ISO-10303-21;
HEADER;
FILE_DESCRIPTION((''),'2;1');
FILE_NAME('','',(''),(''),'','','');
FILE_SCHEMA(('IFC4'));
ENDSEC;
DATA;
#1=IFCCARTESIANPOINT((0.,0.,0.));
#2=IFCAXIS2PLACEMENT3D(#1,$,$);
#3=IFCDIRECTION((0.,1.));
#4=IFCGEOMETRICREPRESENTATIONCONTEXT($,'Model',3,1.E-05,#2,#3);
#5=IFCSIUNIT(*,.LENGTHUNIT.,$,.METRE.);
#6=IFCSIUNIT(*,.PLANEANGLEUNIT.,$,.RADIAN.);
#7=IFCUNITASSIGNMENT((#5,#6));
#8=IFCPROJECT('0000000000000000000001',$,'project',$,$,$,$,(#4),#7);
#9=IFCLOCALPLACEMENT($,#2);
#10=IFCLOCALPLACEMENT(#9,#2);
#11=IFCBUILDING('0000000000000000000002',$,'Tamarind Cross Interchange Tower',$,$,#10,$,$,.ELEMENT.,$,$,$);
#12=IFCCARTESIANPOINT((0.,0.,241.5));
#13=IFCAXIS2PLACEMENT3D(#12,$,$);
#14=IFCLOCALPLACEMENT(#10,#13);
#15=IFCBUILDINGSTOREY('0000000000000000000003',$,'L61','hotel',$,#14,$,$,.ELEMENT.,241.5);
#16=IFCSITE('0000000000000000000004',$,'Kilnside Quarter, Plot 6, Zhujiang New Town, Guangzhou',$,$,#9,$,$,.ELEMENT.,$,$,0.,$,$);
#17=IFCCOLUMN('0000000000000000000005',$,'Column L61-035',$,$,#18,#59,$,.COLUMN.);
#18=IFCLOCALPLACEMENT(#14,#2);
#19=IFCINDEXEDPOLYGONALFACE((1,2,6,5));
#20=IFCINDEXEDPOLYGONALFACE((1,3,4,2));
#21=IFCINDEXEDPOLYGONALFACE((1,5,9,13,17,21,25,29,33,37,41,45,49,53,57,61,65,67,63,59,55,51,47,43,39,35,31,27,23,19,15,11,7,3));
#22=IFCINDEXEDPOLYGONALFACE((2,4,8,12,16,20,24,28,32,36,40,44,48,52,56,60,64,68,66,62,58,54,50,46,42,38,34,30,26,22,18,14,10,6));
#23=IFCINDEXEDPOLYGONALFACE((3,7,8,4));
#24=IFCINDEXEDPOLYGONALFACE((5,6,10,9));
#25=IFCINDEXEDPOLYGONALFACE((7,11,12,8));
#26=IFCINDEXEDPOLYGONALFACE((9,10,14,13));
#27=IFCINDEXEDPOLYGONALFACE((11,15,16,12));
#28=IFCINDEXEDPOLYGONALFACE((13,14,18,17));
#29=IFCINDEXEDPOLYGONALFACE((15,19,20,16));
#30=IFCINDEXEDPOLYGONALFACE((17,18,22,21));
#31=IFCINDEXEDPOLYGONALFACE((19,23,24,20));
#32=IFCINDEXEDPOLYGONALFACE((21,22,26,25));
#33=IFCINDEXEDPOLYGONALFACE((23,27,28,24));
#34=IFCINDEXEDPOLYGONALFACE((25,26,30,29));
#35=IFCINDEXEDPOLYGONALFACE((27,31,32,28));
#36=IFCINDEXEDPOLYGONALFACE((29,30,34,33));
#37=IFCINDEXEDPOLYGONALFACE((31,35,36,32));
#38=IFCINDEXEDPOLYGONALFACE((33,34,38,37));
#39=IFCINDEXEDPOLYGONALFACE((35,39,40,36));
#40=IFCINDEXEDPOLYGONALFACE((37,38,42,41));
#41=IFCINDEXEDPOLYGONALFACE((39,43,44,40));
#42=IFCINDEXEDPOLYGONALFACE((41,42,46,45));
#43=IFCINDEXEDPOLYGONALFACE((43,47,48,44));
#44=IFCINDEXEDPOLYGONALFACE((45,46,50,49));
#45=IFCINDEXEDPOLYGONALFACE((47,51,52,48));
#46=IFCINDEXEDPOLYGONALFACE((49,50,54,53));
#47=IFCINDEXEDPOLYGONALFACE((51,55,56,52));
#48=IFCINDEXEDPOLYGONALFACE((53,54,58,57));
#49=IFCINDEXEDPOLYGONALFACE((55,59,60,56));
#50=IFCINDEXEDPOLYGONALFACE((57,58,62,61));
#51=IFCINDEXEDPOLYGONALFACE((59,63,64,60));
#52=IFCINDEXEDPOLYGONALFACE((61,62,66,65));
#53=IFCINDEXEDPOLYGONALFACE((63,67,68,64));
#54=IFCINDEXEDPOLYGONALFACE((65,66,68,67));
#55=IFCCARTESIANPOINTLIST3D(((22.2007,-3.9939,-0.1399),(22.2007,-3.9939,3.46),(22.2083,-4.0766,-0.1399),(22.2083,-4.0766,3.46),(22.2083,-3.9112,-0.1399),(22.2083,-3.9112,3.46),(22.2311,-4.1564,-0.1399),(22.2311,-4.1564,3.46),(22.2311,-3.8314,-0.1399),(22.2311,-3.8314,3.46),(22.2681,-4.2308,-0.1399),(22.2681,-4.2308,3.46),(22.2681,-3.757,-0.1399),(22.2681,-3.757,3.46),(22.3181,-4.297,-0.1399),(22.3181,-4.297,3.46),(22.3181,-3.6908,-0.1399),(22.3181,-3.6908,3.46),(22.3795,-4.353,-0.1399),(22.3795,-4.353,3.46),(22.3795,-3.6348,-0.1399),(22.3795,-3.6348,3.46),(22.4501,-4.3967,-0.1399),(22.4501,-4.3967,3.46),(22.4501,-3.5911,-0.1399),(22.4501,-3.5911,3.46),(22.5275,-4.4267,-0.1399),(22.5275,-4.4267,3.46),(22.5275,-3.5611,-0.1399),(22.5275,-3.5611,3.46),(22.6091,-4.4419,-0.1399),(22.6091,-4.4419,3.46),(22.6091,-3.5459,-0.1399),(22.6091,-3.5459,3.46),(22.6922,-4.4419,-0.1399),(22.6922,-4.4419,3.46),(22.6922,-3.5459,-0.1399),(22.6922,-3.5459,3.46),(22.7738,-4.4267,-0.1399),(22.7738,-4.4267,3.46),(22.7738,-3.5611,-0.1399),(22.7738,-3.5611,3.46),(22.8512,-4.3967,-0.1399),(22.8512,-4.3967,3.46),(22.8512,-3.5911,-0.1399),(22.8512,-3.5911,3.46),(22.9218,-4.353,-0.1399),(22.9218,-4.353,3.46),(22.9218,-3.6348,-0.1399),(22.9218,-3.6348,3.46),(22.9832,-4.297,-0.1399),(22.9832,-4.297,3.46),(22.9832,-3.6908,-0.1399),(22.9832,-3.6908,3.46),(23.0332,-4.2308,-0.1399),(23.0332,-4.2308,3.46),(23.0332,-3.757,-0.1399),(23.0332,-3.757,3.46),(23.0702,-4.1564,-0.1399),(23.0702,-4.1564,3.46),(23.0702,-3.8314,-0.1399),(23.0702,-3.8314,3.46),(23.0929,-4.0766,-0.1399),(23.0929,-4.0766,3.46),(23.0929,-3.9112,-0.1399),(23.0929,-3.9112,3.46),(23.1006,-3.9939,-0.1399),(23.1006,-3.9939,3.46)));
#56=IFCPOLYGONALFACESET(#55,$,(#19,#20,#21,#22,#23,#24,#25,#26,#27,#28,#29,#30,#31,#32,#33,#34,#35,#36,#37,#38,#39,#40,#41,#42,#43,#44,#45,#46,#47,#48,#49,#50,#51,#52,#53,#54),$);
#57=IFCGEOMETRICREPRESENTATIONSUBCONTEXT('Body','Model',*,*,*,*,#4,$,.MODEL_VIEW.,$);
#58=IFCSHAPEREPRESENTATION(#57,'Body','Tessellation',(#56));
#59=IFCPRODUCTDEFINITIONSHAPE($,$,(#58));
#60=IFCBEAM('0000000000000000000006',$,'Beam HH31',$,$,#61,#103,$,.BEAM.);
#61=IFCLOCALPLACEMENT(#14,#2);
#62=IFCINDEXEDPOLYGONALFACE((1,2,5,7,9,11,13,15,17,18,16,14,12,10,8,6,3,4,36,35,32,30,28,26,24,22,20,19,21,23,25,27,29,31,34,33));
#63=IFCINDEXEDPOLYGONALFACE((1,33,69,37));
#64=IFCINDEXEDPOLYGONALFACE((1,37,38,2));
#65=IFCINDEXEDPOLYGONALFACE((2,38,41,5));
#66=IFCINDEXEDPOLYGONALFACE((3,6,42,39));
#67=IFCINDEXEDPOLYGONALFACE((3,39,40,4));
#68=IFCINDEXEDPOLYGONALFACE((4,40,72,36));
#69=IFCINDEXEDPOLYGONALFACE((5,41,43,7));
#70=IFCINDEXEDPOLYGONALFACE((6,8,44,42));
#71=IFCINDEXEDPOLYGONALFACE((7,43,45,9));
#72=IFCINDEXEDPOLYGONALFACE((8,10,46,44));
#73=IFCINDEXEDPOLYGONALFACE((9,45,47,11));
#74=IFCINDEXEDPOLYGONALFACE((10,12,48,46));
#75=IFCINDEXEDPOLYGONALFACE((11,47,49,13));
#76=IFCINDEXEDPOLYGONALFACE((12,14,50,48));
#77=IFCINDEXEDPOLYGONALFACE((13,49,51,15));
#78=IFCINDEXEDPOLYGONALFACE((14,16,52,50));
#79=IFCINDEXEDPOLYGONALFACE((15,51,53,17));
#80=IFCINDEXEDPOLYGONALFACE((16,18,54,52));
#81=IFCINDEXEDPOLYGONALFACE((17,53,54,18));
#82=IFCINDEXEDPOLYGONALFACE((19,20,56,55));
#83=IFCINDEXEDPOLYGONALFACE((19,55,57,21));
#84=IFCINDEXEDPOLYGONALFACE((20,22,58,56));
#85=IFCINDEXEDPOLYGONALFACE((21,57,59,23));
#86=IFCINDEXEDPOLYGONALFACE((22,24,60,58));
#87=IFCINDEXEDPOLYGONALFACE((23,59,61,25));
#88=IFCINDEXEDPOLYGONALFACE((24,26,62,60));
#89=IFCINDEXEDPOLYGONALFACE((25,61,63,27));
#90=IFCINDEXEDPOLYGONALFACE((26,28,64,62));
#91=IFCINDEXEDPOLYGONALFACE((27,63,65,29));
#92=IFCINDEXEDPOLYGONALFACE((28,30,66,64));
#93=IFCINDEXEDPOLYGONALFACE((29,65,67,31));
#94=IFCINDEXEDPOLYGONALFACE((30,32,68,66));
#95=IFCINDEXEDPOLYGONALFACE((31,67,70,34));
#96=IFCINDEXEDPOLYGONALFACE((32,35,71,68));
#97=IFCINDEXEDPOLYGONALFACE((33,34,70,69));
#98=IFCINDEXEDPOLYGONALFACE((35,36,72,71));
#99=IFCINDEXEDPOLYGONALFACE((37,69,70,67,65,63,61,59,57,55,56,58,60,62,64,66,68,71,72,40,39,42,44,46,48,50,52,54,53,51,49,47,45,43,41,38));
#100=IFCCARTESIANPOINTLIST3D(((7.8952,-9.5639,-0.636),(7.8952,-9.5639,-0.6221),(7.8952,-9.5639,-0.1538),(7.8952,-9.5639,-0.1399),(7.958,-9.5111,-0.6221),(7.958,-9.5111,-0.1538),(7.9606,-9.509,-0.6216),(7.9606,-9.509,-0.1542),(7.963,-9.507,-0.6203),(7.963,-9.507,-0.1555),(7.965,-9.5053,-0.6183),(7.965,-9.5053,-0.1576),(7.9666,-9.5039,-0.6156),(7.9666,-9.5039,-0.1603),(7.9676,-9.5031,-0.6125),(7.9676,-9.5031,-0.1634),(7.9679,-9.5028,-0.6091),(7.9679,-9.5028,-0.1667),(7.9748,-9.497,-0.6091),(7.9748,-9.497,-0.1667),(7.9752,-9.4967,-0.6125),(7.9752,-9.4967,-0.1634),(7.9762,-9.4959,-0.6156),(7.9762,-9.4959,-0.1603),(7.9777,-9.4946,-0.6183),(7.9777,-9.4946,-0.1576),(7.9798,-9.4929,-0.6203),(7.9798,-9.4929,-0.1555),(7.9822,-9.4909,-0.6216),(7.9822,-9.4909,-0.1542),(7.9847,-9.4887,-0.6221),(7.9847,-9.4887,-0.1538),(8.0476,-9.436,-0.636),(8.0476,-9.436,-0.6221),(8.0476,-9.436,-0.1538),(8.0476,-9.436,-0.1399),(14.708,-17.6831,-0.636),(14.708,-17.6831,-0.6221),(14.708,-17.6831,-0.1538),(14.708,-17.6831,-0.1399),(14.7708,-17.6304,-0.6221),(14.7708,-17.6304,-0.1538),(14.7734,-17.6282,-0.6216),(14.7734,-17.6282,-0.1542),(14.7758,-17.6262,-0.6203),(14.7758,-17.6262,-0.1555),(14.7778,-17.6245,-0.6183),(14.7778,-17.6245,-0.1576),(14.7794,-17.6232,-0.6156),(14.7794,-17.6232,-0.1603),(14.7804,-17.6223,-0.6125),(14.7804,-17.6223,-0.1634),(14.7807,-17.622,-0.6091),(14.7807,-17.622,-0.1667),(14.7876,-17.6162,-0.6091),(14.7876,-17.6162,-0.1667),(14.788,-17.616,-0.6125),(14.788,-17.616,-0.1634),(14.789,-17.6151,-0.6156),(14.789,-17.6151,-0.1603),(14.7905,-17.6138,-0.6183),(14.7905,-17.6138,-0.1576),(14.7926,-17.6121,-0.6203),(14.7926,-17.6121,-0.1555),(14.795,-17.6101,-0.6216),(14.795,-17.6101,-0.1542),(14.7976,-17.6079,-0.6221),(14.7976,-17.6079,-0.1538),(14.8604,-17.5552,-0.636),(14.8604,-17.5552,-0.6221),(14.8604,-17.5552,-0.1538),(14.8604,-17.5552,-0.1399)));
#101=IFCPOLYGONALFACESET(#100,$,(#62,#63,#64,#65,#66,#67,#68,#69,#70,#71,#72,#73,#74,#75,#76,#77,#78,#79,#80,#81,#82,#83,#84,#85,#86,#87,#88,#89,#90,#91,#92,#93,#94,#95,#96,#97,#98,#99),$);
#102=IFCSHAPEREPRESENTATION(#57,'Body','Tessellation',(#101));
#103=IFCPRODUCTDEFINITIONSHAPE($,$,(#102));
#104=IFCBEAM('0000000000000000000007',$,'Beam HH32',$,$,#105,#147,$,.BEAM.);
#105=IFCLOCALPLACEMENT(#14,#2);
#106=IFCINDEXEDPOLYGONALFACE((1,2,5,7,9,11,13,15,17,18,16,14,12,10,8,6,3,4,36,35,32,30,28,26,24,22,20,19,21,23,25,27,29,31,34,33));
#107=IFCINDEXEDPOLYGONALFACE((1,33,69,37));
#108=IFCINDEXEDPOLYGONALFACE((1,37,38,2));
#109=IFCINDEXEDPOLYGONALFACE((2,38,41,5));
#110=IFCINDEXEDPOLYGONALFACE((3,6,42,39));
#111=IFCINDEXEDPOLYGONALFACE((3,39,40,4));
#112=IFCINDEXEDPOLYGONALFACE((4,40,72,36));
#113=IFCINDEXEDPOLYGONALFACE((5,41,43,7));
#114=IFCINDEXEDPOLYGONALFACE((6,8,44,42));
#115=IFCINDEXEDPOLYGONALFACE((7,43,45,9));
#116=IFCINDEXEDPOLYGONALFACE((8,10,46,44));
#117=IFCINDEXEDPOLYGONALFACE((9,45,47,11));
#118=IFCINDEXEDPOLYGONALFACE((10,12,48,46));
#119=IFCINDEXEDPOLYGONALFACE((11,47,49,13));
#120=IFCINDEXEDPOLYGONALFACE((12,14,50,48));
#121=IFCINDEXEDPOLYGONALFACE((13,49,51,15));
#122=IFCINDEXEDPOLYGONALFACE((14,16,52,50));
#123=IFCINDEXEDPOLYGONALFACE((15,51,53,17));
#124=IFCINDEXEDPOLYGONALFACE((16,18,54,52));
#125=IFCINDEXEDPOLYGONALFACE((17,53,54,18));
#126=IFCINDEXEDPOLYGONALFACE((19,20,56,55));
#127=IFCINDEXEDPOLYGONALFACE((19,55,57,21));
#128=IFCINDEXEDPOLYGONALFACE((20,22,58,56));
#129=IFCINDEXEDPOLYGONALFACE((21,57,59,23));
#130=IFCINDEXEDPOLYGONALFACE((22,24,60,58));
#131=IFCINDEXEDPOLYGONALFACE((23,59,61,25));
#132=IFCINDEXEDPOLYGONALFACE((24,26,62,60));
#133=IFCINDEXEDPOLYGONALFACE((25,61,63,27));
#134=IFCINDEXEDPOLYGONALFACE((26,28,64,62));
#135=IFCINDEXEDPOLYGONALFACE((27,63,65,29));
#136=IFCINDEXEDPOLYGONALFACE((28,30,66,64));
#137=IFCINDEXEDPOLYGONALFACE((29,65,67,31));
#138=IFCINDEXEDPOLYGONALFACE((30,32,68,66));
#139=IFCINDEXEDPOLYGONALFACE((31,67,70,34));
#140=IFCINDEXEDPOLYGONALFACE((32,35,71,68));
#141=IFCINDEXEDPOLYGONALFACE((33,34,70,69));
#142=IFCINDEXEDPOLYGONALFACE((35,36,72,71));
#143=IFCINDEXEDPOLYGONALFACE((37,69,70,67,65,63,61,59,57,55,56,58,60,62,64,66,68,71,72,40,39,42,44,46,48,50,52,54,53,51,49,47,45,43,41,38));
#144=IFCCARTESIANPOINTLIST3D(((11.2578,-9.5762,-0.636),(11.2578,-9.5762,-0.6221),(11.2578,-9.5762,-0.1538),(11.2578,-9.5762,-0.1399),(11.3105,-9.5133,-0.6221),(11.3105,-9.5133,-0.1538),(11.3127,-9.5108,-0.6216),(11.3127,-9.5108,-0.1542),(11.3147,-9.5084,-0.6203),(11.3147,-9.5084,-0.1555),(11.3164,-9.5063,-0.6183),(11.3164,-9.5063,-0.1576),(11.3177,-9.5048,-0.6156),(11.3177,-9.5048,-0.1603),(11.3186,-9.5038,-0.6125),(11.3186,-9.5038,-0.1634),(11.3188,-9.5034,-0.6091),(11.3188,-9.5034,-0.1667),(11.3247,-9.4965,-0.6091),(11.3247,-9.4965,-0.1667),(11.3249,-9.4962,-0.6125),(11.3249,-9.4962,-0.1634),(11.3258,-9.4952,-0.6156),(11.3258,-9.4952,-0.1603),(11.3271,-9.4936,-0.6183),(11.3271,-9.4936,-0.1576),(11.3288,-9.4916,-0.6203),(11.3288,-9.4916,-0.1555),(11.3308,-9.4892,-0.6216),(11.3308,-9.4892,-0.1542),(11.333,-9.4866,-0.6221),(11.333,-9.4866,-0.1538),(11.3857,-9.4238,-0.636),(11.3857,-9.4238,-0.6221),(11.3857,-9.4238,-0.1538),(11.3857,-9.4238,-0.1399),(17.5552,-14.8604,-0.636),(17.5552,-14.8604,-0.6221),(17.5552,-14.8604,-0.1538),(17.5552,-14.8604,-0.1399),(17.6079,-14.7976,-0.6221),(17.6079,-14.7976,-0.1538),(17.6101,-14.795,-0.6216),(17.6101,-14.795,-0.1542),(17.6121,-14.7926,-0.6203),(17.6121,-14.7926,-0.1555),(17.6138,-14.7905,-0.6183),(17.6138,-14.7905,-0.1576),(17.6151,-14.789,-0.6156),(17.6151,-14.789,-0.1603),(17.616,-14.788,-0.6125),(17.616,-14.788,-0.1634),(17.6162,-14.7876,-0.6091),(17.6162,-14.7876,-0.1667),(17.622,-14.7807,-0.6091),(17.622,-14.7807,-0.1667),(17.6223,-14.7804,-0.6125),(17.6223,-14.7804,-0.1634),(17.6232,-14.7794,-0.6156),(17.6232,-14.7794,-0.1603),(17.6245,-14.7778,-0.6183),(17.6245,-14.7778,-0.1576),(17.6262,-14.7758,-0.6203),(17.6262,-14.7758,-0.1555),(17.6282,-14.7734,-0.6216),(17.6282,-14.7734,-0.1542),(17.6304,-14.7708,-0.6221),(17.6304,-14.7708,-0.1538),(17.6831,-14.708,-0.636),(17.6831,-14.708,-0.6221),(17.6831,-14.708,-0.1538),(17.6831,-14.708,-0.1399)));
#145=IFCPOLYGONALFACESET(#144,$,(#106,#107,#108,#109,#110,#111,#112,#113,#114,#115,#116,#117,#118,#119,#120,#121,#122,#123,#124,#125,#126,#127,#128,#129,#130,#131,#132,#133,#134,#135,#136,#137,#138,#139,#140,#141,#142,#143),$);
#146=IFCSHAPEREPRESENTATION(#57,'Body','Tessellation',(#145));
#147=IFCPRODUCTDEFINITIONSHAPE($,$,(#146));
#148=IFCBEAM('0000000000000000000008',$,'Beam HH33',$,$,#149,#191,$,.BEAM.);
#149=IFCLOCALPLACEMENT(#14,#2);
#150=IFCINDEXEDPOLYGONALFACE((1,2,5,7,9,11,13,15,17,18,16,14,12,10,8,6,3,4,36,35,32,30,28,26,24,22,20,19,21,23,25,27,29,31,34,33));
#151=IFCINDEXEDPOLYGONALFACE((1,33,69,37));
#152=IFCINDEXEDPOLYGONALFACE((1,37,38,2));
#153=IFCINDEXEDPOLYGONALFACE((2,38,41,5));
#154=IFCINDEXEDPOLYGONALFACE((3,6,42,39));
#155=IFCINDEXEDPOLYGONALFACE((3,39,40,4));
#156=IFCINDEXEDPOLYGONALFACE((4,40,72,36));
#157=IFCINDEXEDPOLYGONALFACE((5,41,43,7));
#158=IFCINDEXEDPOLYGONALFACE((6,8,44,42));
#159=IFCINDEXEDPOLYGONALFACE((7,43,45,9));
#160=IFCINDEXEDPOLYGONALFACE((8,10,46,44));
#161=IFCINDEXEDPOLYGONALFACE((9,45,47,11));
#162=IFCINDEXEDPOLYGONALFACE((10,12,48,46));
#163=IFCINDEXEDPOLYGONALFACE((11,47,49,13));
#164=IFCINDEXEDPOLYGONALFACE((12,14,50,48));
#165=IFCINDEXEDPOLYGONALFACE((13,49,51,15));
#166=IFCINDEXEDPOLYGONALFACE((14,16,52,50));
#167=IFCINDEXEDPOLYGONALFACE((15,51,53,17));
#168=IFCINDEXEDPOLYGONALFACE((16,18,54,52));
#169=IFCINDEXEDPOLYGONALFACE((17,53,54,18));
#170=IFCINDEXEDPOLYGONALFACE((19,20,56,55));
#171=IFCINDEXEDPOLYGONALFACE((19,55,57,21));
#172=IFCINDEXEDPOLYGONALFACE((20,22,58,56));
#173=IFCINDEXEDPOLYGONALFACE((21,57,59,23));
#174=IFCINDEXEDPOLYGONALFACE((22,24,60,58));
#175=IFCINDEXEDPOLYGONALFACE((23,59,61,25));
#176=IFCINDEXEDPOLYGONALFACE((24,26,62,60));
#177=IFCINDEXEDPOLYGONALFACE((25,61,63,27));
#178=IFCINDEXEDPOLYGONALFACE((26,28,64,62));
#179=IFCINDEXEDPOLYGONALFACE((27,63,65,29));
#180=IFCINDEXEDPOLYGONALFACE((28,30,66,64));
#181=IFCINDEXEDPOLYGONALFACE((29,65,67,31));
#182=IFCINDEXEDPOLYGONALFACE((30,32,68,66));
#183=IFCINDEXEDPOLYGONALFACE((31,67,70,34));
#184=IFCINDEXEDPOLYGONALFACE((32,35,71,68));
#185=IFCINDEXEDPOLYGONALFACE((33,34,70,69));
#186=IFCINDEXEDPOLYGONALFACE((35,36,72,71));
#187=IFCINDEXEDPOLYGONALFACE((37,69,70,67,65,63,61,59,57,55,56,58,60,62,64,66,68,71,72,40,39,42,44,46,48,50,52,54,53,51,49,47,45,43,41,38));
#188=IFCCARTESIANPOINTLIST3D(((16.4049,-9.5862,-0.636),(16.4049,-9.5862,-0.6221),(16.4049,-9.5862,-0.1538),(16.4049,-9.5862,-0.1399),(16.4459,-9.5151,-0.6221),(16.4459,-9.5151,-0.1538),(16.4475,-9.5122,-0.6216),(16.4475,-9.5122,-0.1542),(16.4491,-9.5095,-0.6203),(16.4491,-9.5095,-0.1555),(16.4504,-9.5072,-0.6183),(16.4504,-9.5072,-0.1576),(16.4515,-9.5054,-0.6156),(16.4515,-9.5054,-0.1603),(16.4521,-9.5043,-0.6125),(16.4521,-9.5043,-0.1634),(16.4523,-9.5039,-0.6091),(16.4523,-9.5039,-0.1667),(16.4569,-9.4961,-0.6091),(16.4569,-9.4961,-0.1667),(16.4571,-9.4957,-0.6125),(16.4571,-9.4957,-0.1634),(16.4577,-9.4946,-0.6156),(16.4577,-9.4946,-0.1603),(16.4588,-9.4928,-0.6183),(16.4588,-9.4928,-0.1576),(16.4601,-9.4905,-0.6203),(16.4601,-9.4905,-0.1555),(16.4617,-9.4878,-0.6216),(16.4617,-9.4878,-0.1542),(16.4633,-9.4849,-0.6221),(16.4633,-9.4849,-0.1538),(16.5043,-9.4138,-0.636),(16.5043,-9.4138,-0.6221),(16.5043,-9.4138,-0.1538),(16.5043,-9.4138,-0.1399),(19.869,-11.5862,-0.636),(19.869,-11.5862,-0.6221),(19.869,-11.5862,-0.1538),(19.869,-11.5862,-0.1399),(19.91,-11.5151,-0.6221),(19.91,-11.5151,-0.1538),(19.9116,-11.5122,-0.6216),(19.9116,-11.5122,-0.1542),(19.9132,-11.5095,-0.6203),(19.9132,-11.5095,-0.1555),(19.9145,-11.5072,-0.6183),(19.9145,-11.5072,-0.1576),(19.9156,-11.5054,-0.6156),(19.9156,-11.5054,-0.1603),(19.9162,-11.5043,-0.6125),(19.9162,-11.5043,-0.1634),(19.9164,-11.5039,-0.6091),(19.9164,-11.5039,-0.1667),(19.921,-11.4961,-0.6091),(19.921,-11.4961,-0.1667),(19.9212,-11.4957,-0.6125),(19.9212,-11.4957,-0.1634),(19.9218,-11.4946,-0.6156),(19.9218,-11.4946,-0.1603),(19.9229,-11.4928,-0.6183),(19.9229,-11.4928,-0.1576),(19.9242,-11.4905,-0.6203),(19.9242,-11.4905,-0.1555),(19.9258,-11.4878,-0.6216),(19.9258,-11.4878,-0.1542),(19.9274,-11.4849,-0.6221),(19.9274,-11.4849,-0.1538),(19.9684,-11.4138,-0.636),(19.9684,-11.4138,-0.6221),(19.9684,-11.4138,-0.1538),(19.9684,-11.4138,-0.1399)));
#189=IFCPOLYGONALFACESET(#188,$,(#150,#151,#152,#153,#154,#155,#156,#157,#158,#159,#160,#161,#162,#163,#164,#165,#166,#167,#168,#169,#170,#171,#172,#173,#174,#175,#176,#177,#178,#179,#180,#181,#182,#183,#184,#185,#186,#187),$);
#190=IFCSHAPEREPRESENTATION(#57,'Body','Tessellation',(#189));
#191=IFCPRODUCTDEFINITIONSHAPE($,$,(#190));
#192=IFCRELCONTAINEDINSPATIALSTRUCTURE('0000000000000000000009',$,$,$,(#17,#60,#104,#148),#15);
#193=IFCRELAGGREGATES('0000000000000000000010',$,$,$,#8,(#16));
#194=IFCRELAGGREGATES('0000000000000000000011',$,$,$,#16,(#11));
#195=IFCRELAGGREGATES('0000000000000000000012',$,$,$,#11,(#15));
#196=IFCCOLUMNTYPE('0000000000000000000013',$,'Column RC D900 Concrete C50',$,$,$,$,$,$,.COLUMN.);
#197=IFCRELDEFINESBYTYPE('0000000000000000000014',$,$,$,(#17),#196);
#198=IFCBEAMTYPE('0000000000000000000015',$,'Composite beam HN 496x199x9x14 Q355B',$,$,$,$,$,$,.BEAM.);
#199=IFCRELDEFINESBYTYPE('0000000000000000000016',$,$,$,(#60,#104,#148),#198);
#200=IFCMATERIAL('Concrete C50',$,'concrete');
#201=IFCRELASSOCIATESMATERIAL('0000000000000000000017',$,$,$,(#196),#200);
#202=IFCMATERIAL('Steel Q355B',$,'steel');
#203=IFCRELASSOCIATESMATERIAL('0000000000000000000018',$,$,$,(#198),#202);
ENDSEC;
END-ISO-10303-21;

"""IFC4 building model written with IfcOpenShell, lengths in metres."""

from ifc_helpers import new_model, si_unit, direction, frame, origin, origin_2d, place, context, subcontext, project, spatial, circle, i_section, extrude, material, material_profile, profile_set, type_object, element, save


model = new_model("IFC4")

# Units and contexts
model_context = context("Model", 3, precision=1e-05, world=origin(), true_north=direction((0.0, 1.0)))
body_context = subcontext(model_context, "Body", "Model", "MODEL_VIEW")
ifc_project = project(units=[si_unit("LENGTHUNIT", "METRE"), si_unit("PLANEANGLEUNIT", "RADIAN")], contexts=[model_context])

# Site, building, storey
site_placement = place(None, origin())
site = spatial("IfcSite", under=ifc_project, at=site_placement, Name="Kilnside Quarter, Plot 6, Zhujiang New Town, Guangzhou", CompositionType="ELEMENT", RefElevation=0.0)
building_placement = place(site_placement, origin())
building = spatial("IfcBuilding", under=site, at=building_placement, Name="Tamarind Cross Interchange Tower", CompositionType="ELEMENT")
storey_placement = place(building_placement, frame((0.0, 0.0, 241.5)))
storey = spatial("IfcBuildingStorey", under=building, at=storey_placement, Name="L61", Description="hotel", CompositionType="ELEMENT", Elevation=241.5)

# Column
ifc_material_1 = material(Name="Concrete C50", Category="concrete")
ifc_material_profile_1 = material_profile(ifc_material_1, circle(Radius=0.45, at=origin_2d()), Name="RC D900")
ifc_profile_set_1 = profile_set([ifc_material_profile_1], Name="Concrete C50")
column_type = type_object("IfcColumnType", Name="Column RC D900 Concrete C50", PredefinedType="COLUMN", material=ifc_profile_set_1)
for number, where, z_axis, x_axis, name in (
    (1, (22.6506, -3.9939, -0.1399), (0.0, 0.0, 1.0), (1.0, 0.0, 0.0), "Column L61-035"),
):
    element("IfcColumn", number, at=place(storey_placement, frame(where, z_axis=z_axis, x_axis=x_axis)), inside=storey, type_object=column_type, Name=name, PredefinedType="COLUMN", context=body_context, shape_type="SweptSolid", body=[
        extrude(circle(Radius=0.45, at=origin_2d()), origin(), (0.0, 0.0, 1.0), 3.5999),
    ])

# Beams
ifc_material_2 = material(Name="Steel Q355B", Category="steel")
ifc_material_profile_2 = material_profile(ifc_material_2, i_section(OverallWidth=0.199, OverallDepth=0.4961, WebThickness=0.009, FlangeThickness=0.0139, FilletRadius=0.0129, at=origin_2d()), Name="HN 496x199x9x14")
ifc_profile_set_2 = profile_set([ifc_material_profile_2], Name="Steel Q355B")
beam_type = type_object("IfcBeamType", Name="Composite beam HN 496x199x9x14 Q355B", PredefinedType="BEAM", material=ifc_profile_set_2)
beam_1_placement = place(storey_placement, frame((14.7842, -17.6191, -0.3879), z_axis=(-0.642786, 0.766046, 0.0), x_axis=(-0.766046, -0.642786, 0.0)))
element("IfcBeam", 2, at=beam_1_placement, inside=storey, type_object=beam_type, Name="Beam HH31", PredefinedType="BEAM", context=body_context, shape_type="SweptSolid", body=[
    extrude(i_section(OverallWidth=0.199, OverallDepth=0.4961, WebThickness=0.009, FlangeThickness=0.0139, FilletRadius=0.0129, at=origin_2d()), origin(), (0.0, 0.0, 1.0), 10.5989),
])
beam_2_placement = place(storey_placement, frame((17.6191, -14.7842, -0.3879), z_axis=(-0.766041, 0.642792, 0.0), x_axis=(-0.642792, -0.766041, 0.0)))
element("IfcBeam", 3, at=beam_2_placement, inside=storey, type_object=beam_type, Name="Beam HH32", PredefinedType="BEAM", context=body_context, shape_type="SweptSolid", body=[
    extrude(i_section(OverallWidth=0.199, OverallDepth=0.4961, WebThickness=0.009, FlangeThickness=0.0139, FilletRadius=0.0129, at=origin_2d()), origin(), (0.0, 0.0, 1.0), 8.2207),
])
beam_3_placement = place(storey_placement, frame((19.9187, -11.5, -0.3879), z_axis=(-0.866026, 0.499999, 0.0), x_axis=(-0.499999, -0.866026, 0.0)))
element("IfcBeam", 4, at=beam_3_placement, inside=storey, type_object=beam_type, Name="Beam HH33", PredefinedType="BEAM", context=body_context, shape_type="SweptSolid", body=[
    extrude(i_section(OverallWidth=0.199, OverallDepth=0.4961, WebThickness=0.009, FlangeThickness=0.0139, FilletRadius=0.0129, at=origin_2d()), origin(), (0.0, 0.0, 1.0), 4.0),
])

save(model, "model.ifc")
